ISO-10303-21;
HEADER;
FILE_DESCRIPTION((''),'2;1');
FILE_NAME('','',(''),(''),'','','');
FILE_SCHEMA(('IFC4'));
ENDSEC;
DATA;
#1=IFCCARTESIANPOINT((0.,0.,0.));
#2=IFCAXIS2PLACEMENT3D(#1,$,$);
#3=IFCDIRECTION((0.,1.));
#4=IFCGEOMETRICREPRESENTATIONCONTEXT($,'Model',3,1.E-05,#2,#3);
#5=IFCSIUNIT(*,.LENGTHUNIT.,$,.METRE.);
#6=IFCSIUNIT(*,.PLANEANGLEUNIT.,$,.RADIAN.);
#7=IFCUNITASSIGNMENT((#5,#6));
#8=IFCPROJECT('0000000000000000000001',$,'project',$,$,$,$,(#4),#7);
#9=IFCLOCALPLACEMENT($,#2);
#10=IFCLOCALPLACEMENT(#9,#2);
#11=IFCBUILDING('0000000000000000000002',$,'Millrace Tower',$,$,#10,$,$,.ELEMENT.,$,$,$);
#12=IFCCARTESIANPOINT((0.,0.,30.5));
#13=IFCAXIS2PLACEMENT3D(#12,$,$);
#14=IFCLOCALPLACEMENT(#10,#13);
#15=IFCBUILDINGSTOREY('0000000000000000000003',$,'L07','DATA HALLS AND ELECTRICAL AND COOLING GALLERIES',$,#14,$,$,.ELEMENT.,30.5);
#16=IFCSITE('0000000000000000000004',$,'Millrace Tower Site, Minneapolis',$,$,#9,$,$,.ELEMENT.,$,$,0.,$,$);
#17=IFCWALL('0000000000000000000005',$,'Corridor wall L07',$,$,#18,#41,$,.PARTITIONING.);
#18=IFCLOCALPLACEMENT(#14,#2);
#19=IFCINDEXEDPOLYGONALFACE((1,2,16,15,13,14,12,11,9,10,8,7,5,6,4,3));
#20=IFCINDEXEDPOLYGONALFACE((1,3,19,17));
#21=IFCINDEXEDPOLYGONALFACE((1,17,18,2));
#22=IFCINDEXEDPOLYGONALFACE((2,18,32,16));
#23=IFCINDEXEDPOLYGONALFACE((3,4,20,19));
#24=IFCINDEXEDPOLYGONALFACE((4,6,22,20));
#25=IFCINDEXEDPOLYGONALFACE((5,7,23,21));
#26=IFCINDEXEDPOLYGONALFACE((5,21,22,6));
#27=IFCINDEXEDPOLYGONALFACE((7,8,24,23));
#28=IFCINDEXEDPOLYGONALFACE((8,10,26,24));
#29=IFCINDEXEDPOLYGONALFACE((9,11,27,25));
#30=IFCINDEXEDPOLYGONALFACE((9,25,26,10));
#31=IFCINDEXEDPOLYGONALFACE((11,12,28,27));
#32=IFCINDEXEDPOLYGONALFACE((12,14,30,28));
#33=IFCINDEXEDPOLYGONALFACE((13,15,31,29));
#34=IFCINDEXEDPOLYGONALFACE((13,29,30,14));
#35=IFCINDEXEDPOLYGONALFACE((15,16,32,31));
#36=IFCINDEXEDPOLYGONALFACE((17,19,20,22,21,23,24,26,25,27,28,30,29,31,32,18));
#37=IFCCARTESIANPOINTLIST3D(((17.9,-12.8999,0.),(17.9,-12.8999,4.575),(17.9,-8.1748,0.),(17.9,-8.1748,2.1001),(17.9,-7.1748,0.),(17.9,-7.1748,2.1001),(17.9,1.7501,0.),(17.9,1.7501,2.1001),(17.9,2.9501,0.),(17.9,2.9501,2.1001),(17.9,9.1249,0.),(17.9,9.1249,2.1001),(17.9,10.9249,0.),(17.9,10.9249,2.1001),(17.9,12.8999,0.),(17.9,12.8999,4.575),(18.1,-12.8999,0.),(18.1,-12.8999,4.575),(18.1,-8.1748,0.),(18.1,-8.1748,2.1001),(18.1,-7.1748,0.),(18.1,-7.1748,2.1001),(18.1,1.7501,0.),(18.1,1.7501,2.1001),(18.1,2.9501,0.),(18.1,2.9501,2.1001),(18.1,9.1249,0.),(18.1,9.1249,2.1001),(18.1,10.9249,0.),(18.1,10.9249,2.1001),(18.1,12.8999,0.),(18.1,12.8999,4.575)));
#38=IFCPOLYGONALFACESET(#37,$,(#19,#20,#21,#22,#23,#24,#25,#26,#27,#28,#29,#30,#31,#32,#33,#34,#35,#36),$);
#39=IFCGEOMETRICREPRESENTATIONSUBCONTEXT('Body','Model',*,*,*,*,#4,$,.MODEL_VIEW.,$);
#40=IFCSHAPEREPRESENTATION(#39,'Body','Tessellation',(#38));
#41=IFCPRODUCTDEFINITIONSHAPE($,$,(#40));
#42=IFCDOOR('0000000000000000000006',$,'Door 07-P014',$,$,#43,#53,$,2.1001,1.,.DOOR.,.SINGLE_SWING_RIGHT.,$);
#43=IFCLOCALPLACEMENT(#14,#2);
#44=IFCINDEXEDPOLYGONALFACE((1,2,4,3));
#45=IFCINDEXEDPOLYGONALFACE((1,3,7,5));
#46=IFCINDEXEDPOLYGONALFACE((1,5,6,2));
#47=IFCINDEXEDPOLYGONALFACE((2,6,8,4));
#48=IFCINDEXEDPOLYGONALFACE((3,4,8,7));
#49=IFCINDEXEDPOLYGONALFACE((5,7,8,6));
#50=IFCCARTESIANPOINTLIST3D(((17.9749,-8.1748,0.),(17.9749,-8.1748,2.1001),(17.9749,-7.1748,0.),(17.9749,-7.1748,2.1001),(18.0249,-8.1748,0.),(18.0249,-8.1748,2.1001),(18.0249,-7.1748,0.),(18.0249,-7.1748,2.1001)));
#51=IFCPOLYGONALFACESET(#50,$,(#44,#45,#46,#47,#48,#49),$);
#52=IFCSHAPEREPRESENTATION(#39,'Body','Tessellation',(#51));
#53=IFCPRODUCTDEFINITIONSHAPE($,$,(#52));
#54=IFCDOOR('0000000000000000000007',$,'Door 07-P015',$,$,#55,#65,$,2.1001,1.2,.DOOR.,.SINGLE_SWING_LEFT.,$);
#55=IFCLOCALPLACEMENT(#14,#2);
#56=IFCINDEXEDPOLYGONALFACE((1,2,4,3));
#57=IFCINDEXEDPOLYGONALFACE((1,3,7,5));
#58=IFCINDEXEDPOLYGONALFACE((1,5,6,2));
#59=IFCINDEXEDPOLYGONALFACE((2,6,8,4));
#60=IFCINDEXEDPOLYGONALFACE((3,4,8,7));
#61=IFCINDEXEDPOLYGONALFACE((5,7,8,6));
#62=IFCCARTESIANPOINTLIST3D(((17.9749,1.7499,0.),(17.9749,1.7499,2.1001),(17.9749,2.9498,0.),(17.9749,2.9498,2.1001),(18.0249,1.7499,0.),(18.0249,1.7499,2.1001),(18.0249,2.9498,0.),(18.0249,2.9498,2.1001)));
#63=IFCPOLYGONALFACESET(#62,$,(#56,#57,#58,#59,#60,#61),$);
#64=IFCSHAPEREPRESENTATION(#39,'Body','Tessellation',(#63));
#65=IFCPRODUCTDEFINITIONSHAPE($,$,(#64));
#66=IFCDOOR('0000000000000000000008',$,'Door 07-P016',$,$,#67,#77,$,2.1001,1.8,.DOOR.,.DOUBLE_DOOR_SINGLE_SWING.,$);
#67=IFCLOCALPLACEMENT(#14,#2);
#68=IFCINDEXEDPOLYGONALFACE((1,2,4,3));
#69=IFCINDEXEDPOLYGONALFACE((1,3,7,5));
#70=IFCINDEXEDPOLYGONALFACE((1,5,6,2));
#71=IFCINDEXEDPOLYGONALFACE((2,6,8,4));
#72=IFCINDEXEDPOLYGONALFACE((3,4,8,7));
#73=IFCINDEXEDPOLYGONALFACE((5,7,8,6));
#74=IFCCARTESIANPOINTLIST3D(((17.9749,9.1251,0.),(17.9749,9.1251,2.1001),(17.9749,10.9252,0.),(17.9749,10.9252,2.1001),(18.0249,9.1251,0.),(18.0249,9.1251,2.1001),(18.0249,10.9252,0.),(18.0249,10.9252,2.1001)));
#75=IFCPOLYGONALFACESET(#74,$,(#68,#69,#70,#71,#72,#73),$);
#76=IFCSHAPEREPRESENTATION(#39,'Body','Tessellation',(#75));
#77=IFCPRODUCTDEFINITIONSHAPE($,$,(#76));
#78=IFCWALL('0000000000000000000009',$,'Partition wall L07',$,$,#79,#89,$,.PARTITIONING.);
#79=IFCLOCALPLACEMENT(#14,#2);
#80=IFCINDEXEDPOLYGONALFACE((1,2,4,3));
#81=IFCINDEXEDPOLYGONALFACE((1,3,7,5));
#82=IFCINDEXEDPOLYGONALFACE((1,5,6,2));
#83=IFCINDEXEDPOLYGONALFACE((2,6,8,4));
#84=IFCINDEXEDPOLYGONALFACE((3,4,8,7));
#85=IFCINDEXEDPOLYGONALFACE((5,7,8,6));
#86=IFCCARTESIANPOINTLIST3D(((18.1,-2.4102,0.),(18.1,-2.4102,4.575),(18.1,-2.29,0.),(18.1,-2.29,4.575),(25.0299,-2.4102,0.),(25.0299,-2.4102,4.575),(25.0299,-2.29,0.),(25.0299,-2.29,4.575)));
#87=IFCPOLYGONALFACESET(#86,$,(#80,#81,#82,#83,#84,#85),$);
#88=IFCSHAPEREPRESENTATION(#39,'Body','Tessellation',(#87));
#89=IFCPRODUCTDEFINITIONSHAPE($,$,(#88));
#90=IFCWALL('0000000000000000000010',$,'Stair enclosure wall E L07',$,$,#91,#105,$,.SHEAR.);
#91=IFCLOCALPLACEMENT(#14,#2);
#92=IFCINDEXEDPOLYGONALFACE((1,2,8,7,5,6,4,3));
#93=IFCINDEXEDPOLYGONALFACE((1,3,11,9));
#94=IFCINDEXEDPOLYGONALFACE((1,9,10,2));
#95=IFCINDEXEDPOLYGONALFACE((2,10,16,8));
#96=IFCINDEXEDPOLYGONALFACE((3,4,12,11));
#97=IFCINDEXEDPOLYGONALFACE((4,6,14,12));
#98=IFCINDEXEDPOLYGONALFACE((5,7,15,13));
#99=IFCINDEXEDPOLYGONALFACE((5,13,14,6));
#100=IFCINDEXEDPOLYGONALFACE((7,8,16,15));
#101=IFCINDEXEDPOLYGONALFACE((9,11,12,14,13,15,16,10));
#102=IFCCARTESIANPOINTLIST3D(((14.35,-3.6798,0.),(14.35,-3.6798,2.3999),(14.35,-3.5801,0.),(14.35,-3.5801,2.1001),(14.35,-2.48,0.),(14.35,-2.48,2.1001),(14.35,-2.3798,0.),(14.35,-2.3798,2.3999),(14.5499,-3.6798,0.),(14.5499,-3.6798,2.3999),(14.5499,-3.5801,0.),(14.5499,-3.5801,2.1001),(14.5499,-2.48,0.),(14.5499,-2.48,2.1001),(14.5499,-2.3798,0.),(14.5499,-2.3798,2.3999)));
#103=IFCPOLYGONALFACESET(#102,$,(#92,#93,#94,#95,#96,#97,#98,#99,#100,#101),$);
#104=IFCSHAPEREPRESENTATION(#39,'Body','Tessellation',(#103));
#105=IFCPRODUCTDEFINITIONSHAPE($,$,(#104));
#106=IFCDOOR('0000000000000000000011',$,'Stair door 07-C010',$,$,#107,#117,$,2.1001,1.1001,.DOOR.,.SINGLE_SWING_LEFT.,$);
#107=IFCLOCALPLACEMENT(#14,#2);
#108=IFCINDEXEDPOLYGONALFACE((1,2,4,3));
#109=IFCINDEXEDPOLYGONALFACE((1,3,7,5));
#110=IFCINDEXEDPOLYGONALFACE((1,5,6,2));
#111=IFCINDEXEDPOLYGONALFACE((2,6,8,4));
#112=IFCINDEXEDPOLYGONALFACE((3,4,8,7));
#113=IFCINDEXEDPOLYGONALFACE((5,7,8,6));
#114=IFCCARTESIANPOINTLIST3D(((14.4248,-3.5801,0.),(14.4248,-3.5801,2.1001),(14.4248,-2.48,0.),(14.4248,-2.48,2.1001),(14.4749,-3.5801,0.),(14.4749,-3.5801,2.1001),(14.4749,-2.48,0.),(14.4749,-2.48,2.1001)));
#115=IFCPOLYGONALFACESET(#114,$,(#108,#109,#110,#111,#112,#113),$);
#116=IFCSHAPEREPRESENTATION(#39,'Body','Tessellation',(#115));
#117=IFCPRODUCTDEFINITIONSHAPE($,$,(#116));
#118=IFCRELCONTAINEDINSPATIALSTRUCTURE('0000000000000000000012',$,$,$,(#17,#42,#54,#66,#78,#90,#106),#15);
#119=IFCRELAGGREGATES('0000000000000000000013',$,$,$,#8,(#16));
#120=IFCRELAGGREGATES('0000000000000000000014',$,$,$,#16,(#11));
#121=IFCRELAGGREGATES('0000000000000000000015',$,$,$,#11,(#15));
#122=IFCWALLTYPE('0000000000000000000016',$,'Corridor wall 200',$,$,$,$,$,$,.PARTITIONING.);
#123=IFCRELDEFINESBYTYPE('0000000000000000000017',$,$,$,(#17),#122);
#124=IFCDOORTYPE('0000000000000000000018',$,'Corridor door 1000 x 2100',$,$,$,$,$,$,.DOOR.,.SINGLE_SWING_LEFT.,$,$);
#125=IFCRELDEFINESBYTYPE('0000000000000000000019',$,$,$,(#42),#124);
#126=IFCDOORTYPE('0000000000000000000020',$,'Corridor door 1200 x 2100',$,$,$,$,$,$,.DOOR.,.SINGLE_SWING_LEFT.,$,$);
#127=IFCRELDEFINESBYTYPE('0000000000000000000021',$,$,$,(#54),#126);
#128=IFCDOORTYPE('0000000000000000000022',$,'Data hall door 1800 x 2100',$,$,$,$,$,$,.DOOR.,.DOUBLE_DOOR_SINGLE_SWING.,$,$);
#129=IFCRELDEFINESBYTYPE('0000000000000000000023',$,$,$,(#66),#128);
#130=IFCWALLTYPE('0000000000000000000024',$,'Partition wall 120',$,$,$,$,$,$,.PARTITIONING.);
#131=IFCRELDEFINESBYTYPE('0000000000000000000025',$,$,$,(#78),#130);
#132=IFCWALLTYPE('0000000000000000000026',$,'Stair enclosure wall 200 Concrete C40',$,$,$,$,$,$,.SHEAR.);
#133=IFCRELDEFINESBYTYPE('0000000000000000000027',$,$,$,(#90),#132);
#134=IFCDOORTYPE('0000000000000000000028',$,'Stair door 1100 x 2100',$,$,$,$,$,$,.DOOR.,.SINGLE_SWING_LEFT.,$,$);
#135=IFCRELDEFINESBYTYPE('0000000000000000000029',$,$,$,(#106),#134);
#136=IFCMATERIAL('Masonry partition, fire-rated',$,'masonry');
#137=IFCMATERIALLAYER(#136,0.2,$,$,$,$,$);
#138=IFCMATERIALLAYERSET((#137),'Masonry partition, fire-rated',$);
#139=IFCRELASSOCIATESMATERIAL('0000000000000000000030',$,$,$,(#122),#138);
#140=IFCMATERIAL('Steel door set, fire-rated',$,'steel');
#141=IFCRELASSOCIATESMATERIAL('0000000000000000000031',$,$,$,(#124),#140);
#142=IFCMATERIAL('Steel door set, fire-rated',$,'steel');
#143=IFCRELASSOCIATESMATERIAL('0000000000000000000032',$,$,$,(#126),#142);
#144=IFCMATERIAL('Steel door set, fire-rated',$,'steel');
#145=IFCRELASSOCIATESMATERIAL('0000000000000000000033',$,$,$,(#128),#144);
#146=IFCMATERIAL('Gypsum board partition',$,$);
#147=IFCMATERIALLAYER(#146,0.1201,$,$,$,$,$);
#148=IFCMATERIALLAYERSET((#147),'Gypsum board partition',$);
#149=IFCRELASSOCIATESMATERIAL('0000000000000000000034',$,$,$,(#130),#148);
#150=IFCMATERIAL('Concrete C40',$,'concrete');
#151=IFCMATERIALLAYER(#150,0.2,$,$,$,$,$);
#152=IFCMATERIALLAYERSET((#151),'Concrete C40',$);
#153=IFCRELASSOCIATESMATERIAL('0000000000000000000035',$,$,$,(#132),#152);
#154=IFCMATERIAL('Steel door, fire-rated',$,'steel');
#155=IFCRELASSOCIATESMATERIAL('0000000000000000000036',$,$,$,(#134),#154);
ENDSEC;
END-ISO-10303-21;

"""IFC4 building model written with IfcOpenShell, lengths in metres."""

from ifc_helpers import new_model, si_unit, direction, frame, frame_2d, origin, place, context, subcontext, project, spatial, rectangle, extrude, material, layer, layer_set, type_object, element, fill, save


model = new_model("IFC4")

# Units and contexts
model_context = context("Model", 3, precision=1e-05, world=origin(), true_north=direction((0.0, 1.0)))
body_context = subcontext(model_context, "Body", "Model", "MODEL_VIEW")
ifc_project = project(units=[si_unit("LENGTHUNIT", "METRE"), si_unit("PLANEANGLEUNIT", "RADIAN")], contexts=[model_context])

# Site, building, storey
site_placement = place(None, origin())
site = spatial("IfcSite", under=ifc_project, at=site_placement, Name="Millrace Tower Site, Minneapolis", CompositionType="ELEMENT", RefElevation=0.0)
building_placement = place(site_placement, origin())
building = spatial("IfcBuilding", under=site, at=building_placement, Name="Millrace Tower", CompositionType="ELEMENT")
storey_placement = place(building_placement, frame((0.0, 0.0, 30.5)))
storey = spatial("IfcBuildingStorey", under=building, at=storey_placement, Name="L07", Description="DATA HALLS AND ELECTRICAL AND COOLING GALLERIES", CompositionType="ELEMENT", Elevation=30.5)

# Wall, openings, doors
ifc_material_1 = material(Name="Masonry partition, fire-rated", Category="masonry")
ifc_layer_1 = layer(ifc_material_1, 0.2)
ifc_layer_set_1 = layer_set([ifc_layer_1], Name="Masonry partition, fire-rated")
wall_type_1 = type_object("IfcWallType", Name="Corridor wall 200", PredefinedType="PARTITIONING", material=ifc_layer_set_1)
wall_1_placement = place(storey_placement, frame((18.0, -12.8999, 0.0), z_axis=(0.0, 0.0, 1.0), x_axis=(0.0, 1.0, 0.0)))
wall_1 = element("IfcWall", 1, at=wall_1_placement, inside=storey, type_object=wall_type_1, Name="Corridor wall L07", PredefinedType="PARTITIONING", context=body_context, shape_type="SweptSolid", body=[
    extrude(rectangle(XDim=25.7998, YDim=0.2, at=frame_2d((12.8999, 0.0))), origin(), (0.0, 0.0, 1.0), 4.575),
])
opening_1_placement = place(wall_1_placement, frame((4.7251, 0.0, 0.0)))
opening_1 = element("IfcOpeningElement", 2, at=opening_1_placement, cuts=wall_1, PredefinedType="OPENING", context=body_context, shape_type="SweptSolid", body=[
    extrude(rectangle(XDim=1.0, YDim=2.1001, at=frame_2d((0.5, 1.05))), frame((0.0, 0.1099, 0.0), z_axis=(0.0, -1.0, 0.0), x_axis=(1.0, 0.0, 0.0)), (0.0, 0.0, 1.0), 0.22),
])
opening_2_placement = place(wall_1_placement, frame((14.6499, 0.0, 0.0)))
opening_2 = element("IfcOpeningElement", 3, at=opening_2_placement, cuts=wall_1, PredefinedType="OPENING", context=body_context, shape_type="SweptSolid", body=[
    extrude(rectangle(XDim=1.2, YDim=2.1001, at=frame_2d((0.6001, 1.05))), frame((0.0, 0.1099, 0.0), z_axis=(0.0, -1.0, 0.0), x_axis=(1.0, 0.0, 0.0)), (0.0, 0.0, 1.0), 0.22),
])
opening_3_placement = place(wall_1_placement, frame((22.0249, 0.0, 0.0)))
opening_3 = element("IfcOpeningElement", 4, at=opening_3_placement, cuts=wall_1, PredefinedType="OPENING", context=body_context, shape_type="SweptSolid", body=[
    extrude(rectangle(XDim=1.8, YDim=2.1001, at=frame_2d((0.8999, 1.05))), frame((0.0, 0.1099, 0.0), z_axis=(0.0, -1.0, 0.0), x_axis=(1.0, 0.0, 0.0)), (0.0, 0.0, 1.0), 0.22),
])
ifc_material_2 = material(Name="Steel door set, fire-rated", Category="steel")
door_type_1 = type_object("IfcDoorType", Name="Corridor door 1000 x 2100", OperationType="SINGLE_SWING_LEFT", PredefinedType="DOOR", material=ifc_material_2)
door_1_placement = place(opening_1_placement, frame((1.0, 0.0, 0.0), z_axis=(0.0, 0.0, 1.0), x_axis=(-1.0, 0.0, 0.0)))
door_1 = element("IfcDoor", 5, at=door_1_placement, inside=storey, type_object=door_type_1, Name="Door 07-P014", OperationType="SINGLE_SWING_RIGHT", OverallHeight=2.1001, OverallWidth=1.0, PredefinedType="DOOR", context=body_context, shape_type="SweptSolid", body=[
    extrude(rectangle(XDim=1.0, YDim=2.1001, at=frame_2d((0.5, 1.05))), frame((0.0, 0.0249, 0.0), z_axis=(0.0, -1.0, 0.0), x_axis=(1.0, 0.0, 0.0)), (0.0, 0.0, 1.0), 0.05),
])
fill(opening_1, door_1)
ifc_material_3 = material(Name="Steel door set, fire-rated", Category="steel")
door_type_2 = type_object("IfcDoorType", Name="Corridor door 1200 x 2100", OperationType="SINGLE_SWING_LEFT", PredefinedType="DOOR", material=ifc_material_3)
door_2_placement = place(opening_2_placement, frame((1.2, 0.0, 0.0), z_axis=(0.0, 0.0, 1.0), x_axis=(-1.0, 0.0, 0.0)))
door_2 = element("IfcDoor", 6, at=door_2_placement, inside=storey, type_object=door_type_2, Name="Door 07-P015", OperationType="SINGLE_SWING_LEFT", OverallHeight=2.1001, OverallWidth=1.2, PredefinedType="DOOR", context=body_context, shape_type="SweptSolid", body=[
    extrude(rectangle(XDim=1.2, YDim=2.1001, at=frame_2d((0.6001, 1.05))), frame((0.0, 0.0249, 0.0), z_axis=(0.0, -1.0, 0.0), x_axis=(1.0, 0.0, 0.0)), (0.0, 0.0, 1.0), 0.05),
])
fill(opening_2, door_2)
ifc_material_4 = material(Name="Steel door set, fire-rated", Category="steel")
door_type_3 = type_object("IfcDoorType", Name="Data hall door 1800 x 2100", OperationType="DOUBLE_DOOR_SINGLE_SWING", PredefinedType="DOOR", material=ifc_material_4)
door_3_placement = place(opening_3_placement, frame((1.8, 0.0, 0.0), z_axis=(0.0, 0.0, 1.0), x_axis=(-1.0, 0.0, 0.0)))
door_3 = element("IfcDoor", 7, at=door_3_placement, inside=storey, type_object=door_type_3, Name="Door 07-P016", OperationType="DOUBLE_DOOR_SINGLE_SWING", OverallHeight=2.1001, OverallWidth=1.8, PredefinedType="DOOR", context=body_context, shape_type="SweptSolid", body=[
    extrude(rectangle(XDim=1.8, YDim=2.1001, at=frame_2d((0.8999, 1.05))), frame((0.0, 0.0249, 0.0), z_axis=(0.0, -1.0, 0.0), x_axis=(1.0, 0.0, 0.0)), (0.0, 0.0, 1.0), 0.05),
])
fill(opening_3, door_3)

# Wall
ifc_material_5 = material(Name="Gypsum board partition")
ifc_layer_2 = layer(ifc_material_5, 0.1201)
ifc_layer_set_2 = layer_set([ifc_layer_2], Name="Gypsum board partition")
wall_type_2 = type_object("IfcWallType", Name="Partition wall 120", PredefinedType="PARTITIONING", material=ifc_layer_set_2)
wall_2_placement = place(storey_placement, frame((18.1001, -2.3501, 0.0), z_axis=(0.0, 0.0, 1.0), x_axis=(1.0, 0.0, 0.0)))
element("IfcWall", 8, at=wall_2_placement, inside=storey, type_object=wall_type_2, Name="Partition wall L07", PredefinedType="PARTITIONING", context=body_context, shape_type="SweptSolid", body=[
    extrude(rectangle(XDim=6.9299, YDim=0.1201, at=frame_2d((3.4648, 0.0))), origin(), (0.0, 0.0, 1.0), 4.575),
])

# Wall, opening, door
ifc_material_6 = material(Name="Concrete C40", Category="concrete")
ifc_layer_3 = layer(ifc_material_6, 0.2)
ifc_layer_set_3 = layer_set([ifc_layer_3], Name="Concrete C40")
wall_type_3 = type_object("IfcWallType", Name="Stair enclosure wall 200 Concrete C40", PredefinedType="SHEAR", material=ifc_layer_set_3)
wall_3_placement = place(storey_placement, frame((14.45, -2.3799, 0.0), z_axis=(0.0, 0.0, 1.0), x_axis=(0.0, -1.0, 0.0)))
wall_3 = element("IfcWall", 9, at=wall_3_placement, inside=storey, type_object=wall_type_3, Name="Stair enclosure wall E L07", PredefinedType="SHEAR", context=body_context, shape_type="SweptSolid", body=[
    extrude(rectangle(XDim=1.3, YDim=0.2, at=frame_2d((0.6499, 0.0))), origin(), (0.0, 0.0, 1.0), 2.3999),
])
opening_4_placement = place(wall_3_placement, frame((0.1001, 0.0, 0.0)))
opening_4 = element("IfcOpeningElement", 10, at=opening_4_placement, cuts=wall_3, PredefinedType="OPENING", context=body_context, shape_type="SweptSolid", body=[
    extrude(rectangle(XDim=1.1001, YDim=2.1001, at=frame_2d((0.55, 1.05))), frame((0.0, 0.1099, 0.0), z_axis=(0.0, -1.0, 0.0), x_axis=(1.0, 0.0, 0.0)), (0.0, 0.0, 1.0), 0.22),
])
ifc_material_7 = material(Name="Steel door, fire-rated", Category="steel")
door_type_4 = type_object("IfcDoorType", Name="Stair door 1100 x 2100", OperationType="SINGLE_SWING_LEFT", PredefinedType="DOOR", material=ifc_material_7)
door_4_placement = place(opening_4_placement, origin())
door_4 = element("IfcDoor", 11, at=door_4_placement, inside=storey, type_object=door_type_4, Name="Stair door 07-C010", OperationType="SINGLE_SWING_LEFT", OverallHeight=2.1001, OverallWidth=1.1001, PredefinedType="DOOR", context=body_context, shape_type="SweptSolid", body=[
    extrude(rectangle(XDim=1.1001, YDim=2.1001, at=frame_2d((0.55, 1.05))), frame((0.0, 0.0249, 0.0), z_axis=(0.0, -1.0, 0.0), x_axis=(1.0, 0.0, 0.0)), (0.0, 0.0, 1.0), 0.05),
])
fill(opening_4, door_4)

save(model, "model.ifc")
